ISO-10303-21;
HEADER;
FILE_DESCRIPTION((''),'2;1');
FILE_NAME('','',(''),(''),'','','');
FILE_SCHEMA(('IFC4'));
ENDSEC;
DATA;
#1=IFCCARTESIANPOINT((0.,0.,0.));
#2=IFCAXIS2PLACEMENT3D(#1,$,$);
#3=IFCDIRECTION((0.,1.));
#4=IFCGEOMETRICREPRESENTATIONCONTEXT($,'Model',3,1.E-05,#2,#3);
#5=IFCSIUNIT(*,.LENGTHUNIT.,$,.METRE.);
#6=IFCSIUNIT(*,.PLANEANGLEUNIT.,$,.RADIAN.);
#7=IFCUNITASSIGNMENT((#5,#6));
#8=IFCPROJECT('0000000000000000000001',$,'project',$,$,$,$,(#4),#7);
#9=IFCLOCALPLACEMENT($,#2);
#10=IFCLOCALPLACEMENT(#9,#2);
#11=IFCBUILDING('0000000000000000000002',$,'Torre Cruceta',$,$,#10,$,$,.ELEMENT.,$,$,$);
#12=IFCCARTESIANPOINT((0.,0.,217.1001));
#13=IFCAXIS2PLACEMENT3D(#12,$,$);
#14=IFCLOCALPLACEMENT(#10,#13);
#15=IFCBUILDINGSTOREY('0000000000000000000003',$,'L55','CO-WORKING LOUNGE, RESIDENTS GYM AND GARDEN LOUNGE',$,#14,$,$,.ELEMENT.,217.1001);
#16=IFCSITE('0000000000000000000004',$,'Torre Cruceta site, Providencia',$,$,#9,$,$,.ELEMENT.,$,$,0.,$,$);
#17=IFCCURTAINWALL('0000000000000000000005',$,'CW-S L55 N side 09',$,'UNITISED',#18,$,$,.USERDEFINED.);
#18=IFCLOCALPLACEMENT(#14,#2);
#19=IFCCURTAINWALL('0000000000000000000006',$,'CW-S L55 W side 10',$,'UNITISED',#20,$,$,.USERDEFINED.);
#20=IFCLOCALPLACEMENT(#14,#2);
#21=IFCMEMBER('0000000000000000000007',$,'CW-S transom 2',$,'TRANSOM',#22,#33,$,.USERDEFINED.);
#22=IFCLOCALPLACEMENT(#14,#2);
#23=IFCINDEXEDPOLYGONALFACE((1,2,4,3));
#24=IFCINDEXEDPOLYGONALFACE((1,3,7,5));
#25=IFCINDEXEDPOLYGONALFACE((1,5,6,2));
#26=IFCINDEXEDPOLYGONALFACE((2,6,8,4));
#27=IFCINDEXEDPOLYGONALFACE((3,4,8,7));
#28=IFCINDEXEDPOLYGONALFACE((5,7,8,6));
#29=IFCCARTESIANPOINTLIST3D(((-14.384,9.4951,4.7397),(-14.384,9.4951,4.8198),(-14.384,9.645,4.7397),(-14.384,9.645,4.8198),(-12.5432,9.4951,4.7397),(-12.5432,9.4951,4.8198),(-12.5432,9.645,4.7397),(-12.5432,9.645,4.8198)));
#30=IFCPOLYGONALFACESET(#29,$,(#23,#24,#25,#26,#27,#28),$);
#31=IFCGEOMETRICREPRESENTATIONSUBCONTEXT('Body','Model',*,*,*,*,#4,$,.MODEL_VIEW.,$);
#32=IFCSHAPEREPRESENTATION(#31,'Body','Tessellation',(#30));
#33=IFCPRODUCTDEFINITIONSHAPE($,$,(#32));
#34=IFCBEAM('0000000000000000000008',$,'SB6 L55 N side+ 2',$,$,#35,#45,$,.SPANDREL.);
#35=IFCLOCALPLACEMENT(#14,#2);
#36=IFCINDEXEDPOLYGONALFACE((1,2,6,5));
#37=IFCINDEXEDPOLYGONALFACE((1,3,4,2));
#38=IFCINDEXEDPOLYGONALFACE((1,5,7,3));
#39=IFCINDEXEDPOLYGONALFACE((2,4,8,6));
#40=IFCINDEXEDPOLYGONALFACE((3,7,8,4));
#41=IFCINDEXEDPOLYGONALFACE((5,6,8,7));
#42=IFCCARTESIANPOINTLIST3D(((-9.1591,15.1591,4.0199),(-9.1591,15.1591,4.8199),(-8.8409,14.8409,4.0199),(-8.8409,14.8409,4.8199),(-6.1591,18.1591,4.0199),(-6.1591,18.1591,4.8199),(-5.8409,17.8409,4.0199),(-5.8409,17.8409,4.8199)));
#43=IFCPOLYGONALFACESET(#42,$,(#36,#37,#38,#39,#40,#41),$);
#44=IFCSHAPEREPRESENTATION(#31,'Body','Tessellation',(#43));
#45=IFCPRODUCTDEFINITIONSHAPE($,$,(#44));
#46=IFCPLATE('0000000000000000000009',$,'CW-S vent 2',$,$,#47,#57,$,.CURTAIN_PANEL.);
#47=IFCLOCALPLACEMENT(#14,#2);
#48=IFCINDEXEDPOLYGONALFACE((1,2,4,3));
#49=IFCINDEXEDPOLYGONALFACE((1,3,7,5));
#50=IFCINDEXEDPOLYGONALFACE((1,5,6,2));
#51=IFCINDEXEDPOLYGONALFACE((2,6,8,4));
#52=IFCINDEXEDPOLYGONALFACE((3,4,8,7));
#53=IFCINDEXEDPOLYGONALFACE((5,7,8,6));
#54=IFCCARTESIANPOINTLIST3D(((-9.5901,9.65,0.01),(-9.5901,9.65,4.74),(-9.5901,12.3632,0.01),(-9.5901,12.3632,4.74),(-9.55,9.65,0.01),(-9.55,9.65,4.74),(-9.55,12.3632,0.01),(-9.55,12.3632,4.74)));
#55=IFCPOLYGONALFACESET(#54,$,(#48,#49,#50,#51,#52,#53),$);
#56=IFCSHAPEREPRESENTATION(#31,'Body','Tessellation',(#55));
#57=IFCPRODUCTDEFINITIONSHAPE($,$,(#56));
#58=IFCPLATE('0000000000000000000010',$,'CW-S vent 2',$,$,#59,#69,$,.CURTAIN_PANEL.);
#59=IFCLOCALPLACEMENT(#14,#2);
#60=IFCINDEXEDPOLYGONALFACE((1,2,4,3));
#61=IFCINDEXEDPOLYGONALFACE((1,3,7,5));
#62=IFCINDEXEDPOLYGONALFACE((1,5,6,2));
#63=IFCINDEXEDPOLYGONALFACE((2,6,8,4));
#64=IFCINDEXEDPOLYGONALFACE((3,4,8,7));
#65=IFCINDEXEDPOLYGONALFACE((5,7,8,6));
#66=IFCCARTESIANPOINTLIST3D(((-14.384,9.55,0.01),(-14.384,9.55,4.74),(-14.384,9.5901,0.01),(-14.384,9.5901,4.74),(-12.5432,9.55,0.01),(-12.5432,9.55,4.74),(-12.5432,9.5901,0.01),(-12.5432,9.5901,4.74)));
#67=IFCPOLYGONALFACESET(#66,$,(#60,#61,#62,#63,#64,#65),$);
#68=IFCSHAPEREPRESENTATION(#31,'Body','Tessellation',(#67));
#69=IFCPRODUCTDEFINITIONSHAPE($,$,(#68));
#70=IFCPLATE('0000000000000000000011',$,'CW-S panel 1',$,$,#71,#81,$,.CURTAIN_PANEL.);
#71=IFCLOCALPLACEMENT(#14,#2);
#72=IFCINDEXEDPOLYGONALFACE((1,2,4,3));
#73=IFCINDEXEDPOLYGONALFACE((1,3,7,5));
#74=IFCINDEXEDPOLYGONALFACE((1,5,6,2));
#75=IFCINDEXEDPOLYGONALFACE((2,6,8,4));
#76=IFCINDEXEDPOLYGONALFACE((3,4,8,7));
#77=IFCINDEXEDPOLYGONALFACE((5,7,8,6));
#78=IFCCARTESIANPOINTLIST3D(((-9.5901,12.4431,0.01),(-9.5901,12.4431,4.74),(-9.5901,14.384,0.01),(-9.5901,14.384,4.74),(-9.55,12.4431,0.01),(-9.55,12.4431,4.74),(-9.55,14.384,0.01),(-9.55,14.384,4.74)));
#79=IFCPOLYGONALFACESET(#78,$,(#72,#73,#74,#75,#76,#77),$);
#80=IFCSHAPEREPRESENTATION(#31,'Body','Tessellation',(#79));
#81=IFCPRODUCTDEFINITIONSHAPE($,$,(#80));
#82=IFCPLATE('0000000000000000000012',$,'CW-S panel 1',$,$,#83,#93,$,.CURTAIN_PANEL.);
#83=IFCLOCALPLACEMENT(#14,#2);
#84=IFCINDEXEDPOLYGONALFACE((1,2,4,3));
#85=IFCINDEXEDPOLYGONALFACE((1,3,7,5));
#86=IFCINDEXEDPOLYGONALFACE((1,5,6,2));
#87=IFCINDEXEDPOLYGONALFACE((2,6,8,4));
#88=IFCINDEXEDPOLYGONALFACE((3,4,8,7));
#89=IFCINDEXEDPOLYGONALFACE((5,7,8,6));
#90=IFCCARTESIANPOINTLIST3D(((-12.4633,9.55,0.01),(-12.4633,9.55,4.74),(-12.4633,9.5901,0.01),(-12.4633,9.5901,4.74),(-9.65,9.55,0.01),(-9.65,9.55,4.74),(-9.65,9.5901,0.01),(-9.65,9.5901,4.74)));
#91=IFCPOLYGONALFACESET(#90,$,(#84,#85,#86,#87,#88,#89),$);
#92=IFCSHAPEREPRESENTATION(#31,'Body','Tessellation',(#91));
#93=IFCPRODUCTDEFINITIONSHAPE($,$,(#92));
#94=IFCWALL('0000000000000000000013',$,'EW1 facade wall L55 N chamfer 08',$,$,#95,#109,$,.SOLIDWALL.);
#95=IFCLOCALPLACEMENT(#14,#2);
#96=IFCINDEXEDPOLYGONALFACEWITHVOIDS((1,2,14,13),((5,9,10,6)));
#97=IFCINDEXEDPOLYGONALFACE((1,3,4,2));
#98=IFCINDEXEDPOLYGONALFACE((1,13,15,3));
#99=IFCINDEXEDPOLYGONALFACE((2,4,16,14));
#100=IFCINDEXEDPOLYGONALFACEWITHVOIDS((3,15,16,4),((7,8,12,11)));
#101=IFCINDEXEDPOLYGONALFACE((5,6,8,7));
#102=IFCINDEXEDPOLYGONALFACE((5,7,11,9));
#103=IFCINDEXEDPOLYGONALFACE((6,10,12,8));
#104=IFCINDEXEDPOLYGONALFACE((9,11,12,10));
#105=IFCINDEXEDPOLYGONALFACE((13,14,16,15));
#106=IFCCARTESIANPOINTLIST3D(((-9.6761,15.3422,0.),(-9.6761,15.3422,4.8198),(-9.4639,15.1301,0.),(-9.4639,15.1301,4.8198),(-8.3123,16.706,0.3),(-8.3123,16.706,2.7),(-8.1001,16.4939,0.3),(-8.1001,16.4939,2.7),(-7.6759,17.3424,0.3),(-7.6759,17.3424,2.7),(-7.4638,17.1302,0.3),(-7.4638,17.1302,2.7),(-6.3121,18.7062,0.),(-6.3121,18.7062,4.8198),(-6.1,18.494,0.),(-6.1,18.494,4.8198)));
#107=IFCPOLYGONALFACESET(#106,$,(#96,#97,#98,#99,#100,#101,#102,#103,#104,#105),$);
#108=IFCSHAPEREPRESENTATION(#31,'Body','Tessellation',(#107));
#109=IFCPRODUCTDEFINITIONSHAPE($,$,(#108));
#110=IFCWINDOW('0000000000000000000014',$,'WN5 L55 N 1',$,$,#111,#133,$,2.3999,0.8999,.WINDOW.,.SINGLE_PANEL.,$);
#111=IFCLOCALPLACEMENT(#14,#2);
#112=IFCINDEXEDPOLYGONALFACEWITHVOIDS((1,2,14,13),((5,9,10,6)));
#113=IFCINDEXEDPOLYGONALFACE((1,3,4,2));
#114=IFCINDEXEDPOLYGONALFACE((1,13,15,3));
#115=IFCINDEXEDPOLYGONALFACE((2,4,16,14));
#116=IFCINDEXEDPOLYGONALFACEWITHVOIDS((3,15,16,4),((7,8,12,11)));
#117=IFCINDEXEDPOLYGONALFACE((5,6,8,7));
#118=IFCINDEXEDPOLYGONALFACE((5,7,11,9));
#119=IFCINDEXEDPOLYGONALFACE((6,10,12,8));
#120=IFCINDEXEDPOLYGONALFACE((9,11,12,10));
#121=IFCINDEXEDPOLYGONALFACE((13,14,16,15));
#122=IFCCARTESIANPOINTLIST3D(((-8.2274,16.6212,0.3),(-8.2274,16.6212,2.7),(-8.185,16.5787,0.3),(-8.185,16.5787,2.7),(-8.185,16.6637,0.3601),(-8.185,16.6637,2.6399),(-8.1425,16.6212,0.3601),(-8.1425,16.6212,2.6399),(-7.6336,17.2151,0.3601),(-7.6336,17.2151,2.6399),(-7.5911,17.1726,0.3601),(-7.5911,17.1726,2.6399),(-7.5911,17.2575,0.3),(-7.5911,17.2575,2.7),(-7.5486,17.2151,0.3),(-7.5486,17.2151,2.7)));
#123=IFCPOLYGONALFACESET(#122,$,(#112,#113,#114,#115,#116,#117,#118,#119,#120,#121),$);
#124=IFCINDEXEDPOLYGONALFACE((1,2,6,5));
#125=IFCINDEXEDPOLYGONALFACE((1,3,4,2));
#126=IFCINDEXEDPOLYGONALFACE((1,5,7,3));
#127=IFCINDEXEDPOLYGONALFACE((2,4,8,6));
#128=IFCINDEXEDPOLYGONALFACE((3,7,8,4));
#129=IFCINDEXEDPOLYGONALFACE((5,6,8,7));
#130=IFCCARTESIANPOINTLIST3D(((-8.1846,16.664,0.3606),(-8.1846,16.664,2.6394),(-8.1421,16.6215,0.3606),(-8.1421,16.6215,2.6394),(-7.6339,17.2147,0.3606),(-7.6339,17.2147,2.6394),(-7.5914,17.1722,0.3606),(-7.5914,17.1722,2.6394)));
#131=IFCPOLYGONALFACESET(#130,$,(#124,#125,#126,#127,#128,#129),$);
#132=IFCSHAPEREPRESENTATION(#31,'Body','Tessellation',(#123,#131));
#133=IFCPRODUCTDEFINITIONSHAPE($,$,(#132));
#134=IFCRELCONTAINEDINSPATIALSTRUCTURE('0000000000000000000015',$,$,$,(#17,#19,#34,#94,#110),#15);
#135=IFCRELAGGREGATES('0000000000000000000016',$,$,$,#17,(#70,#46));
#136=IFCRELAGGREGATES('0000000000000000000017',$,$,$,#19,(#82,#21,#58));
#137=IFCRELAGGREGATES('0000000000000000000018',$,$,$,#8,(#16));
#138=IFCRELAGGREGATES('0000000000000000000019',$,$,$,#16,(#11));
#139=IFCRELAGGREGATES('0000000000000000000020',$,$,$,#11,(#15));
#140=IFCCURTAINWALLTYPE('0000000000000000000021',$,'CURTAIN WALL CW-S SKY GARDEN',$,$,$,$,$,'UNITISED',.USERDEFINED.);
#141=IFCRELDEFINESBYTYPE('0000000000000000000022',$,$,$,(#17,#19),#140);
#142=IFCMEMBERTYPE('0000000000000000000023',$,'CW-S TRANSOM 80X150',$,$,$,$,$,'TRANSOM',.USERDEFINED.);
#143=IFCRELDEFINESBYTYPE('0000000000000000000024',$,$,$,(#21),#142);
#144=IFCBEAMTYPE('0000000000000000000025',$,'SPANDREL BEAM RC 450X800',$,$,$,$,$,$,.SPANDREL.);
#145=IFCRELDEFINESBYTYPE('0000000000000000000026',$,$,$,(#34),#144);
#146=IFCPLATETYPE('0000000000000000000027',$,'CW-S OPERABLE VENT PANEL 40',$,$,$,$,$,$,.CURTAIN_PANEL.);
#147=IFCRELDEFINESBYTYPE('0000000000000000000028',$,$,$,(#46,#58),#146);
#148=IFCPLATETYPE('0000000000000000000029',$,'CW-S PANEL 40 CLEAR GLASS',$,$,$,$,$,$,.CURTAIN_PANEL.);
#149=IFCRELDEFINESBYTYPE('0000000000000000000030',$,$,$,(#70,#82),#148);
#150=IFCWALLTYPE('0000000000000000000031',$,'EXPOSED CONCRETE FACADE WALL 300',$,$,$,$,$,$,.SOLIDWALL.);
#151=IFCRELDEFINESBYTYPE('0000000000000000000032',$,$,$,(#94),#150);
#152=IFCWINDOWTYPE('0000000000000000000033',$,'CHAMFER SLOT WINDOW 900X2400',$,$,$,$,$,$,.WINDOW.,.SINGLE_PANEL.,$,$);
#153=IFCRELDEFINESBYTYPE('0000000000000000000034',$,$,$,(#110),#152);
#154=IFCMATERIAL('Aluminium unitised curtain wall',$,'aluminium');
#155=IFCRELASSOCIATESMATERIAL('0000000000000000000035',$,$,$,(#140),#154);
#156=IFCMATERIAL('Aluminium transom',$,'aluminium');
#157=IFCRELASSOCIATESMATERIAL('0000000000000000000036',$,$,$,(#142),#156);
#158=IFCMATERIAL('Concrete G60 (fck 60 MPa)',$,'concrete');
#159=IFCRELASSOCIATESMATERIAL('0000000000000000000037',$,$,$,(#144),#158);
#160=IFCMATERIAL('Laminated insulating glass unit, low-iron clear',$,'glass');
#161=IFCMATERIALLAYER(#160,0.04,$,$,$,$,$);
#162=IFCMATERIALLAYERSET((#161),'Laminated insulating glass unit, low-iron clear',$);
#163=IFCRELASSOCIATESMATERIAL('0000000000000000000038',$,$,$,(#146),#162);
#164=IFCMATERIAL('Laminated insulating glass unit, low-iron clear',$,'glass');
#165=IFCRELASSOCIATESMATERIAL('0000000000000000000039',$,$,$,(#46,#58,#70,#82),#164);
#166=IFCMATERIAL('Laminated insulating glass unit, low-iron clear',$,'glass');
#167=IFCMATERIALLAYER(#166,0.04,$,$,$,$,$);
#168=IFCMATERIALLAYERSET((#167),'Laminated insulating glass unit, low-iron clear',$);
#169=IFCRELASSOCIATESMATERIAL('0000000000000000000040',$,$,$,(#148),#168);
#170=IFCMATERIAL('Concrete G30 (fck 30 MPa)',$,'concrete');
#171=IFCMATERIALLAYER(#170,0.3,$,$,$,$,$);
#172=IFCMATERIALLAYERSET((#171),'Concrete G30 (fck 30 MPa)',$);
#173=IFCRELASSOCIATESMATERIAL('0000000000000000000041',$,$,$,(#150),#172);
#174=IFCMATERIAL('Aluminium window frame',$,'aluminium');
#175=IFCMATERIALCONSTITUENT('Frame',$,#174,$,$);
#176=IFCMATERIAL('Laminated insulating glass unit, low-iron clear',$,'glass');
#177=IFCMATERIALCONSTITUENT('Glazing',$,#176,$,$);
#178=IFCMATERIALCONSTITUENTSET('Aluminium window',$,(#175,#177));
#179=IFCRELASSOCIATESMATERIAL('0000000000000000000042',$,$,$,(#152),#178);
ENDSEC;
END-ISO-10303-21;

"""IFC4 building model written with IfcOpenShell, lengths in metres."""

from ifc_helpers import new_model, si_unit, direction, frame, frame_2d, origin, origin_2d, place, context, subcontext, project, spatial, rectangle, hollow_rectangle, extrude, material, layer, layer_set, constituent, constituent_set, material_profile, profile_set, type_object, element, fill, aggregate, save


model = new_model("IFC4")

# Units and contexts
model_context = context("Model", 3, precision=1e-05, world=origin(), true_north=direction((0.0, 1.0)))
body_context = subcontext(model_context, "Body", "Model", "MODEL_VIEW")
ifc_project = project(units=[si_unit("LENGTHUNIT", "METRE"), si_unit("PLANEANGLEUNIT", "RADIAN")], contexts=[model_context])

# Site, building, storey
site_placement = place(None, origin())
site = spatial("IfcSite", under=ifc_project, at=site_placement, Name="Torre Cruceta site, Providencia", CompositionType="ELEMENT", RefElevation=0.0)
building_placement = place(site_placement, origin())
building = spatial("IfcBuilding", under=site, at=building_placement, Name="Torre Cruceta", CompositionType="ELEMENT")
storey_placement = place(building_placement, frame((0.0, 0.0, 217.1001)))
storey = spatial("IfcBuildingStorey", under=building, at=storey_placement, Name="L55", Description="CO-WORKING LOUNGE, RESIDENTS GYM AND GARDEN LOUNGE", CompositionType="ELEMENT", Elevation=217.1001)

# Curtain walls
ifc_material_1 = material(Name="Aluminium unitised curtain wall", Category="aluminium")
curtain_wall_type = type_object("IfcCurtainWallType", Name="CURTAIN WALL CW-S SKY GARDEN", ElementType="UNITISED", PredefinedType="USERDEFINED", material=ifc_material_1)
curtain_wall_1_placement = place(storey_placement, origin())
curtain_wall_1 = element("IfcCurtainWall", 1, at=curtain_wall_1_placement, inside=storey, type_object=curtain_wall_type, Name="CW-S L55 N side 09", ObjectType="UNITISED", PredefinedType="USERDEFINED")
curtain_wall_2_placement = place(storey_placement, origin())
curtain_wall_2 = element("IfcCurtainWall", 2, at=curtain_wall_2_placement, inside=storey, type_object=curtain_wall_type, Name="CW-S L55 W side 10", ObjectType="UNITISED", PredefinedType="USERDEFINED")

# Member
ifc_material_2 = material(Name="Aluminium transom", Category="aluminium")
ifc_material_profile_1 = material_profile(ifc_material_2, rectangle(XDim=0.1499, YDim=0.0801, at=origin_2d()), Name="AL 150X80")
ifc_profile_set_1 = profile_set([ifc_material_profile_1], Name="Aluminium transom")
member_type_1 = type_object("IfcMemberType", Name="CW-S TRANSOM 80X150", ElementType="TRANSOM", PredefinedType="USERDEFINED", material=ifc_profile_set_1)
member_1_placement = place(storey_placement, frame((-12.5432, 9.5701, 4.7798), z_axis=(-1.0, 0.0, 0.0), x_axis=(0.0, -1.0, 0.0)))
member_1 = element("IfcMember", 3, at=member_1_placement, type_object=member_type_1, Name="CW-S transom 2", ObjectType="TRANSOM", PredefinedType="USERDEFINED", context=body_context, shape_type="SweptSolid", body=[
    extrude(rectangle(XDim=0.1499, YDim=0.0801, at=origin_2d()), origin(), (0.0, 0.0, 1.0), 1.8408),
])

# Beam
ifc_material_3 = material(Name="Concrete G60 (fck 60 MPa)", Category="concrete")
ifc_material_profile_2 = material_profile(ifc_material_3, rectangle(XDim=0.45, YDim=0.8, at=origin_2d()), Name="RC 450X800")
ifc_profile_set_2 = profile_set([ifc_material_profile_2], Name="Concrete G60 (fck 60 MPa)")
beam_type_1 = type_object("IfcBeamType", Name="SPANDREL BEAM RC 450X800", PredefinedType="SPANDREL", material=ifc_profile_set_2)
beam_1_placement = place(storey_placement, frame((-9.0, 15.0, 4.4199), z_axis=(0.707107, 0.707107, 0.0), x_axis=(-0.707107, 0.707107, 0.0)))
element("IfcBeam", 4, at=beam_1_placement, inside=storey, type_object=beam_type_1, Name="SB6 L55 N side+ 2", PredefinedType="SPANDREL", context=body_context, shape_type="SweptSolid", body=[
    extrude(rectangle(XDim=0.45, YDim=0.8, at=origin_2d()), origin(), (0.0, 0.0, 1.0), 4.2427),
])

# Plates
ifc_material_4 = material(Name="Laminated insulating glass unit, low-iron clear", Category="glass")
ifc_material_5 = material(Name="Laminated insulating glass unit, low-iron clear", Category="glass")
ifc_layer_1 = layer(ifc_material_5, 0.04)
ifc_layer_set_1 = layer_set([ifc_layer_1], Name="Laminated insulating glass unit, low-iron clear")
plate_type_1 = type_object("IfcPlateType", Name="CW-S OPERABLE VENT PANEL 40", PredefinedType="CURTAIN_PANEL", material=ifc_layer_set_1)
plate_1_placement = place(storey_placement, frame((-9.5701, 11.0066, 0.01), z_axis=(0.0, 0.0, 1.0), x_axis=(0.0, -1.0, 0.0)))
plate_1 = element("IfcPlate", 5, at=plate_1_placement, type_object=plate_type_1, material=ifc_material_4, Name="CW-S vent 2", PredefinedType="CURTAIN_PANEL", context=body_context, shape_type="SweptSolid", body=[
    extrude(rectangle(XDim=2.7131, YDim=0.04, at=origin_2d()), origin(), (0.0, 0.0, 1.0), 4.73),
])
plate_2_placement = place(storey_placement, frame((-13.4636, 9.5701, 0.01), z_axis=(0.0, 0.0, 1.0), x_axis=(-1.0, 0.0, 0.0)))
plate_2 = element("IfcPlate", 6, at=plate_2_placement, type_object=plate_type_1, material=ifc_material_4, Name="CW-S vent 2", PredefinedType="CURTAIN_PANEL", context=body_context, shape_type="SweptSolid", body=[
    extrude(rectangle(XDim=1.8408, YDim=0.04, at=origin_2d()), origin(), (0.0, 0.0, 1.0), 4.73),
])
ifc_material_6 = material(Name="Laminated insulating glass unit, low-iron clear", Category="glass")
ifc_layer_2 = layer(ifc_material_6, 0.04)
ifc_layer_set_2 = layer_set([ifc_layer_2], Name="Laminated insulating glass unit, low-iron clear")
plate_type_2 = type_object("IfcPlateType", Name="CW-S PANEL 40 CLEAR GLASS", PredefinedType="CURTAIN_PANEL", material=ifc_layer_set_2)
plate_3_placement = place(storey_placement, frame((-9.5701, 13.4136, 0.01), z_axis=(0.0, 0.0, 1.0), x_axis=(0.0, -1.0, 0.0)))
plate_3 = element("IfcPlate", 7, at=plate_3_placement, type_object=plate_type_2, material=ifc_material_4, Name="CW-S panel 1", PredefinedType="CURTAIN_PANEL", context=body_context, shape_type="SweptSolid", body=[
    extrude(rectangle(XDim=1.9409, YDim=0.04, at=origin_2d()), origin(), (0.0, 0.0, 1.0), 4.73),
])
aggregate(curtain_wall_1, [plate_3, plate_1])
plate_4_placement = place(storey_placement, frame((-11.0566, 9.5701, 0.01), z_axis=(0.0, 0.0, 1.0), x_axis=(-1.0, 0.0, 0.0)))
plate_4 = element("IfcPlate", 8, at=plate_4_placement, type_object=plate_type_2, material=ifc_material_4, Name="CW-S panel 1", PredefinedType="CURTAIN_PANEL", context=body_context, shape_type="SweptSolid", body=[
    extrude(rectangle(XDim=2.8132, YDim=0.04, at=origin_2d()), origin(), (0.0, 0.0, 1.0), 4.73),
])
aggregate(curtain_wall_2, [plate_4, member_1, plate_2])

# Wall, opening, window
ifc_material_7 = material(Name="Concrete G30 (fck 30 MPa)", Category="concrete")
ifc_layer_3 = layer(ifc_material_7, 0.3)
ifc_layer_set_3 = layer_set([ifc_layer_3], Name="Concrete G30 (fck 30 MPa)")
wall_type = type_object("IfcWallType", Name="EXPOSED CONCRETE FACADE WALL 300", PredefinedType="SOLIDWALL", material=ifc_layer_set_3)
wall_placement = place(storey_placement, frame((-6.2061, 18.6001, 0.0), z_axis=(0.0, 0.0, 1.0), x_axis=(-0.707107, -0.707107, 0.0)))
wall = element("IfcWall", 9, at=wall_placement, inside=storey, type_object=wall_type, Name="EW1 facade wall L55 N chamfer 08", PredefinedType="SOLIDWALL", context=body_context, shape_type="SweptSolid", body=[
    extrude(rectangle(XDim=4.7573, YDim=0.3, at=frame_2d((2.3787, 0.0))), origin(), (0.0, 0.0, 1.0), 4.8198),
])
opening_placement = place(wall_placement, frame((1.9287, 0.0, 0.3)))
opening = element("IfcOpeningElement", 10, at=opening_placement, cuts=wall, PredefinedType="OPENING", context=body_context, shape_type="SweptSolid", body=[
    extrude(rectangle(XDim=0.8999, YDim=2.3999, at=frame_2d((0.45, 1.2))), frame((0.0, 0.1599, 0.0), z_axis=(0.0, -1.0, 0.0), x_axis=(1.0, 0.0, 0.0)), (0.0, 0.0, 1.0), 0.3201),
])
ifc_material_8 = material(Name="Aluminium window frame", Category="aluminium")
ifc_constituent_1 = constituent(ifc_material_8, Name="Frame")
ifc_material_9 = material(Name="Laminated insulating glass unit, low-iron clear", Category="glass")
ifc_constituent_2 = constituent(ifc_material_9, Name="Glazing")
ifc_constituent_set = constituent_set(constituents=[ifc_constituent_1, ifc_constituent_2], Name="Aluminium window")
window_type = type_object("IfcWindowType", Name="CHAMFER SLOT WINDOW 900X2400", PartitioningType="SINGLE_PANEL", PredefinedType="WINDOW", material=ifc_constituent_set)
window_placement = place(opening_placement, origin())
window = element("IfcWindow", 11, at=window_placement, inside=storey, type_object=window_type, Name="WN5 L55 N 1", OverallHeight=2.3999, OverallWidth=0.8999, PartitioningType="SINGLE_PANEL", PredefinedType="WINDOW", context=body_context, shape_type="SweptSolid", body=[
    extrude(hollow_rectangle(XDim=0.8999, YDim=2.3999, WallThickness=0.0601, at=frame_2d((0.45, 1.2))), frame((0.0, 0.03, 0.0), z_axis=(0.0, -1.0, 0.0), x_axis=(1.0, 0.0, 0.0)), (0.0, 0.0, 1.0), 0.0601),
    extrude(rectangle(XDim=0.7788, YDim=2.2788, at=frame_2d((0.45, 1.2))), frame((0.0, 0.03, 0.0), z_axis=(0.0, -1.0, 0.0), x_axis=(1.0, 0.0, 0.0)), (0.0, 0.0, 1.0), 0.0601),
])
fill(opening, window)

save(model, "model.ifc")
